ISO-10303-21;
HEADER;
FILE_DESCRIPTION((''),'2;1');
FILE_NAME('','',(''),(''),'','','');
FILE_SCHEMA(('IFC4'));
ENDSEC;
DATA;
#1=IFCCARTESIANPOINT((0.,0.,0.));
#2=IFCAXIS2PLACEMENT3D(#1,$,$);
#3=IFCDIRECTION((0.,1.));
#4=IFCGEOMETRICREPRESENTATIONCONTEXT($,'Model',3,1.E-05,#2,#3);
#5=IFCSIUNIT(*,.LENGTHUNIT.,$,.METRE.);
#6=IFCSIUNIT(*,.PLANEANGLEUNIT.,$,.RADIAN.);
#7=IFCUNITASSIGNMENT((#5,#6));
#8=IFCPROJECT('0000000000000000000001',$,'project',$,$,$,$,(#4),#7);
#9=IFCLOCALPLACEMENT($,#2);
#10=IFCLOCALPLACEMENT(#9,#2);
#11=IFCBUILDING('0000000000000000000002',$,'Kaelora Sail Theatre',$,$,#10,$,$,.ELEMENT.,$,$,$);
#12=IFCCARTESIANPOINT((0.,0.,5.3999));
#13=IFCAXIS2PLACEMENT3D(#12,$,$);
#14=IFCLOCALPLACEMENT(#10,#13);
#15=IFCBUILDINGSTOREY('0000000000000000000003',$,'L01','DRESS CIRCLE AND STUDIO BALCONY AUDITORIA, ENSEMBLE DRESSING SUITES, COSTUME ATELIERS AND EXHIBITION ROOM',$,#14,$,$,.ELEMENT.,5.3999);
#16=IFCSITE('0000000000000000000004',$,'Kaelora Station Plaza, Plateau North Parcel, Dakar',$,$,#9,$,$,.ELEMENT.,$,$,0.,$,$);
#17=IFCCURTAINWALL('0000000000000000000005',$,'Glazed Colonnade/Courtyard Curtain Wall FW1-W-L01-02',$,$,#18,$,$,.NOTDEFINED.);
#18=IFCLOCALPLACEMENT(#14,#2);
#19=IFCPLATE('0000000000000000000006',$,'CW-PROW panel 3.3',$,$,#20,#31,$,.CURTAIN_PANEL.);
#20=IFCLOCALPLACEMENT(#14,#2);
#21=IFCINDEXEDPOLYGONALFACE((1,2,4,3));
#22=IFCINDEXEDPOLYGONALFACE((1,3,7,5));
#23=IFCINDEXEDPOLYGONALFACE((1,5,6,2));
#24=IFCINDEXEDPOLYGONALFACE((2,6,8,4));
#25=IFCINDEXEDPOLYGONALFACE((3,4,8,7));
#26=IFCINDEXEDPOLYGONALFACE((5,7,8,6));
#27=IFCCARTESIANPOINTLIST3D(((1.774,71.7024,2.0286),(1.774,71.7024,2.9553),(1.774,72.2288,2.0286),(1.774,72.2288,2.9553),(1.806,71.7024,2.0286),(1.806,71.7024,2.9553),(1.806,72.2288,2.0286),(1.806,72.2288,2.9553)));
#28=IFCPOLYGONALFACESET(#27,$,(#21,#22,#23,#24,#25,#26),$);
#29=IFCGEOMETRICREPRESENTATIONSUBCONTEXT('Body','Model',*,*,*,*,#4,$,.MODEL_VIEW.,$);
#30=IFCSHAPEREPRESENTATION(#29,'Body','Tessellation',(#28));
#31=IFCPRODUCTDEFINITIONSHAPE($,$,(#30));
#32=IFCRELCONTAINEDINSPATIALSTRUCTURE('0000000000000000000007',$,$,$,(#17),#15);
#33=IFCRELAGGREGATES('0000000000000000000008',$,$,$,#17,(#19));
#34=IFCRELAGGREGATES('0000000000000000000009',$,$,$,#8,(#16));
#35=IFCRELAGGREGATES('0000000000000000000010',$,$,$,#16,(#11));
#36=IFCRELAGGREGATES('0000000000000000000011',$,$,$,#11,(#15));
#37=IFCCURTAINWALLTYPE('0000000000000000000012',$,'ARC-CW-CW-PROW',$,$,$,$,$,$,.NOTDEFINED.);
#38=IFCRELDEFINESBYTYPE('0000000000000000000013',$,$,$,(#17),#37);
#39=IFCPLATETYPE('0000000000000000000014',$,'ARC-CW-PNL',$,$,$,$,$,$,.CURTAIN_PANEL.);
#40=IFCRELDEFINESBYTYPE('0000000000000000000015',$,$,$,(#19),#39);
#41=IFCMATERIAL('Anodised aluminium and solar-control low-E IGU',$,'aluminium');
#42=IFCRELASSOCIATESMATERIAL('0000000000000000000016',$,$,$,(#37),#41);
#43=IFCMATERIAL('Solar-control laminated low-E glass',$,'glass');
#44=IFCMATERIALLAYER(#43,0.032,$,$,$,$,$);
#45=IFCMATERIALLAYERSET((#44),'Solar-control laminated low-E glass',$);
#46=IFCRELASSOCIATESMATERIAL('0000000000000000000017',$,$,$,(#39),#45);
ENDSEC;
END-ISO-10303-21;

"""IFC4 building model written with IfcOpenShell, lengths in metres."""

from ifc_helpers import new_model, si_unit, direction, frame, origin, origin_2d, place, context, subcontext, project, spatial, rectangle, extrude, material, layer, layer_set, type_object, element, aggregate, save


model = new_model("IFC4")

# Units and contexts
model_context = context("Model", 3, precision=1e-05, world=origin(), true_north=direction((0.0, 1.0)))
body_context = subcontext(model_context, "Body", "Model", "MODEL_VIEW")
ifc_project = project(units=[si_unit("LENGTHUNIT", "METRE"), si_unit("PLANEANGLEUNIT", "RADIAN")], contexts=[model_context])

# Site, building, storey
site_placement = place(None, origin())
site = spatial("IfcSite", under=ifc_project, at=site_placement, Name="Kaelora Station Plaza, Plateau North Parcel, Dakar", CompositionType="ELEMENT", RefElevation=0.0)
building_placement = place(site_placement, origin())
building = spatial("IfcBuilding", under=site, at=building_placement, Name="Kaelora Sail Theatre", CompositionType="ELEMENT")
storey_placement = place(building_placement, frame((0.0, 0.0, 5.3999)))
storey = spatial("IfcBuildingStorey", under=building, at=storey_placement, Name="L01", Description="DRESS CIRCLE AND STUDIO BALCONY AUDITORIA, ENSEMBLE DRESSING SUITES, COSTUME ATELIERS AND EXHIBITION ROOM", CompositionType="ELEMENT", Elevation=5.3999)

# Curtain wall
ifc_material_1 = material(Name="Anodised aluminium and solar-control low-E IGU", Category="aluminium")
curtain_wall_type = type_object("IfcCurtainWallType", Name="ARC-CW-CW-PROW", PredefinedType="NOTDEFINED", material=ifc_material_1)
curtain_wall_1_placement = place(storey_placement, origin())
curtain_wall_1 = element("IfcCurtainWall", 1, at=curtain_wall_1_placement, inside=storey, type_object=curtain_wall_type, Name="Glazed Colonnade/Courtyard Curtain Wall FW1-W-L01-02", PredefinedType="NOTDEFINED")

# Plate
ifc_material_2 = material(Name="Solar-control laminated low-E glass", Category="glass")
ifc_layer = layer(ifc_material_2, 0.032)
ifc_layer_set = layer_set([ifc_layer], Name="Solar-control laminated low-E glass")
plate_type = type_object("IfcPlateType", Name="ARC-CW-PNL", PredefinedType="CURTAIN_PANEL", material=ifc_layer_set)
plate_1_placement = place(storey_placement, frame((1.79, 71.9656, 2.0286), z_axis=(0.0, 0.0, 1.0), x_axis=(0.0, 1.0, 0.0)))
plate_1 = element("IfcPlate", 2, at=plate_1_placement, type_object=plate_type, Name="CW-PROW panel 3.3", PredefinedType="CURTAIN_PANEL", context=body_context, shape_type="SweptSolid", body=[
    extrude(rectangle(XDim=0.5264, YDim=0.032, at=origin_2d()), origin(), (0.0, 0.0, 1.0), 0.9268),
])
aggregate(curtain_wall_1, [plate_1])

save(model, "model.ifc")
